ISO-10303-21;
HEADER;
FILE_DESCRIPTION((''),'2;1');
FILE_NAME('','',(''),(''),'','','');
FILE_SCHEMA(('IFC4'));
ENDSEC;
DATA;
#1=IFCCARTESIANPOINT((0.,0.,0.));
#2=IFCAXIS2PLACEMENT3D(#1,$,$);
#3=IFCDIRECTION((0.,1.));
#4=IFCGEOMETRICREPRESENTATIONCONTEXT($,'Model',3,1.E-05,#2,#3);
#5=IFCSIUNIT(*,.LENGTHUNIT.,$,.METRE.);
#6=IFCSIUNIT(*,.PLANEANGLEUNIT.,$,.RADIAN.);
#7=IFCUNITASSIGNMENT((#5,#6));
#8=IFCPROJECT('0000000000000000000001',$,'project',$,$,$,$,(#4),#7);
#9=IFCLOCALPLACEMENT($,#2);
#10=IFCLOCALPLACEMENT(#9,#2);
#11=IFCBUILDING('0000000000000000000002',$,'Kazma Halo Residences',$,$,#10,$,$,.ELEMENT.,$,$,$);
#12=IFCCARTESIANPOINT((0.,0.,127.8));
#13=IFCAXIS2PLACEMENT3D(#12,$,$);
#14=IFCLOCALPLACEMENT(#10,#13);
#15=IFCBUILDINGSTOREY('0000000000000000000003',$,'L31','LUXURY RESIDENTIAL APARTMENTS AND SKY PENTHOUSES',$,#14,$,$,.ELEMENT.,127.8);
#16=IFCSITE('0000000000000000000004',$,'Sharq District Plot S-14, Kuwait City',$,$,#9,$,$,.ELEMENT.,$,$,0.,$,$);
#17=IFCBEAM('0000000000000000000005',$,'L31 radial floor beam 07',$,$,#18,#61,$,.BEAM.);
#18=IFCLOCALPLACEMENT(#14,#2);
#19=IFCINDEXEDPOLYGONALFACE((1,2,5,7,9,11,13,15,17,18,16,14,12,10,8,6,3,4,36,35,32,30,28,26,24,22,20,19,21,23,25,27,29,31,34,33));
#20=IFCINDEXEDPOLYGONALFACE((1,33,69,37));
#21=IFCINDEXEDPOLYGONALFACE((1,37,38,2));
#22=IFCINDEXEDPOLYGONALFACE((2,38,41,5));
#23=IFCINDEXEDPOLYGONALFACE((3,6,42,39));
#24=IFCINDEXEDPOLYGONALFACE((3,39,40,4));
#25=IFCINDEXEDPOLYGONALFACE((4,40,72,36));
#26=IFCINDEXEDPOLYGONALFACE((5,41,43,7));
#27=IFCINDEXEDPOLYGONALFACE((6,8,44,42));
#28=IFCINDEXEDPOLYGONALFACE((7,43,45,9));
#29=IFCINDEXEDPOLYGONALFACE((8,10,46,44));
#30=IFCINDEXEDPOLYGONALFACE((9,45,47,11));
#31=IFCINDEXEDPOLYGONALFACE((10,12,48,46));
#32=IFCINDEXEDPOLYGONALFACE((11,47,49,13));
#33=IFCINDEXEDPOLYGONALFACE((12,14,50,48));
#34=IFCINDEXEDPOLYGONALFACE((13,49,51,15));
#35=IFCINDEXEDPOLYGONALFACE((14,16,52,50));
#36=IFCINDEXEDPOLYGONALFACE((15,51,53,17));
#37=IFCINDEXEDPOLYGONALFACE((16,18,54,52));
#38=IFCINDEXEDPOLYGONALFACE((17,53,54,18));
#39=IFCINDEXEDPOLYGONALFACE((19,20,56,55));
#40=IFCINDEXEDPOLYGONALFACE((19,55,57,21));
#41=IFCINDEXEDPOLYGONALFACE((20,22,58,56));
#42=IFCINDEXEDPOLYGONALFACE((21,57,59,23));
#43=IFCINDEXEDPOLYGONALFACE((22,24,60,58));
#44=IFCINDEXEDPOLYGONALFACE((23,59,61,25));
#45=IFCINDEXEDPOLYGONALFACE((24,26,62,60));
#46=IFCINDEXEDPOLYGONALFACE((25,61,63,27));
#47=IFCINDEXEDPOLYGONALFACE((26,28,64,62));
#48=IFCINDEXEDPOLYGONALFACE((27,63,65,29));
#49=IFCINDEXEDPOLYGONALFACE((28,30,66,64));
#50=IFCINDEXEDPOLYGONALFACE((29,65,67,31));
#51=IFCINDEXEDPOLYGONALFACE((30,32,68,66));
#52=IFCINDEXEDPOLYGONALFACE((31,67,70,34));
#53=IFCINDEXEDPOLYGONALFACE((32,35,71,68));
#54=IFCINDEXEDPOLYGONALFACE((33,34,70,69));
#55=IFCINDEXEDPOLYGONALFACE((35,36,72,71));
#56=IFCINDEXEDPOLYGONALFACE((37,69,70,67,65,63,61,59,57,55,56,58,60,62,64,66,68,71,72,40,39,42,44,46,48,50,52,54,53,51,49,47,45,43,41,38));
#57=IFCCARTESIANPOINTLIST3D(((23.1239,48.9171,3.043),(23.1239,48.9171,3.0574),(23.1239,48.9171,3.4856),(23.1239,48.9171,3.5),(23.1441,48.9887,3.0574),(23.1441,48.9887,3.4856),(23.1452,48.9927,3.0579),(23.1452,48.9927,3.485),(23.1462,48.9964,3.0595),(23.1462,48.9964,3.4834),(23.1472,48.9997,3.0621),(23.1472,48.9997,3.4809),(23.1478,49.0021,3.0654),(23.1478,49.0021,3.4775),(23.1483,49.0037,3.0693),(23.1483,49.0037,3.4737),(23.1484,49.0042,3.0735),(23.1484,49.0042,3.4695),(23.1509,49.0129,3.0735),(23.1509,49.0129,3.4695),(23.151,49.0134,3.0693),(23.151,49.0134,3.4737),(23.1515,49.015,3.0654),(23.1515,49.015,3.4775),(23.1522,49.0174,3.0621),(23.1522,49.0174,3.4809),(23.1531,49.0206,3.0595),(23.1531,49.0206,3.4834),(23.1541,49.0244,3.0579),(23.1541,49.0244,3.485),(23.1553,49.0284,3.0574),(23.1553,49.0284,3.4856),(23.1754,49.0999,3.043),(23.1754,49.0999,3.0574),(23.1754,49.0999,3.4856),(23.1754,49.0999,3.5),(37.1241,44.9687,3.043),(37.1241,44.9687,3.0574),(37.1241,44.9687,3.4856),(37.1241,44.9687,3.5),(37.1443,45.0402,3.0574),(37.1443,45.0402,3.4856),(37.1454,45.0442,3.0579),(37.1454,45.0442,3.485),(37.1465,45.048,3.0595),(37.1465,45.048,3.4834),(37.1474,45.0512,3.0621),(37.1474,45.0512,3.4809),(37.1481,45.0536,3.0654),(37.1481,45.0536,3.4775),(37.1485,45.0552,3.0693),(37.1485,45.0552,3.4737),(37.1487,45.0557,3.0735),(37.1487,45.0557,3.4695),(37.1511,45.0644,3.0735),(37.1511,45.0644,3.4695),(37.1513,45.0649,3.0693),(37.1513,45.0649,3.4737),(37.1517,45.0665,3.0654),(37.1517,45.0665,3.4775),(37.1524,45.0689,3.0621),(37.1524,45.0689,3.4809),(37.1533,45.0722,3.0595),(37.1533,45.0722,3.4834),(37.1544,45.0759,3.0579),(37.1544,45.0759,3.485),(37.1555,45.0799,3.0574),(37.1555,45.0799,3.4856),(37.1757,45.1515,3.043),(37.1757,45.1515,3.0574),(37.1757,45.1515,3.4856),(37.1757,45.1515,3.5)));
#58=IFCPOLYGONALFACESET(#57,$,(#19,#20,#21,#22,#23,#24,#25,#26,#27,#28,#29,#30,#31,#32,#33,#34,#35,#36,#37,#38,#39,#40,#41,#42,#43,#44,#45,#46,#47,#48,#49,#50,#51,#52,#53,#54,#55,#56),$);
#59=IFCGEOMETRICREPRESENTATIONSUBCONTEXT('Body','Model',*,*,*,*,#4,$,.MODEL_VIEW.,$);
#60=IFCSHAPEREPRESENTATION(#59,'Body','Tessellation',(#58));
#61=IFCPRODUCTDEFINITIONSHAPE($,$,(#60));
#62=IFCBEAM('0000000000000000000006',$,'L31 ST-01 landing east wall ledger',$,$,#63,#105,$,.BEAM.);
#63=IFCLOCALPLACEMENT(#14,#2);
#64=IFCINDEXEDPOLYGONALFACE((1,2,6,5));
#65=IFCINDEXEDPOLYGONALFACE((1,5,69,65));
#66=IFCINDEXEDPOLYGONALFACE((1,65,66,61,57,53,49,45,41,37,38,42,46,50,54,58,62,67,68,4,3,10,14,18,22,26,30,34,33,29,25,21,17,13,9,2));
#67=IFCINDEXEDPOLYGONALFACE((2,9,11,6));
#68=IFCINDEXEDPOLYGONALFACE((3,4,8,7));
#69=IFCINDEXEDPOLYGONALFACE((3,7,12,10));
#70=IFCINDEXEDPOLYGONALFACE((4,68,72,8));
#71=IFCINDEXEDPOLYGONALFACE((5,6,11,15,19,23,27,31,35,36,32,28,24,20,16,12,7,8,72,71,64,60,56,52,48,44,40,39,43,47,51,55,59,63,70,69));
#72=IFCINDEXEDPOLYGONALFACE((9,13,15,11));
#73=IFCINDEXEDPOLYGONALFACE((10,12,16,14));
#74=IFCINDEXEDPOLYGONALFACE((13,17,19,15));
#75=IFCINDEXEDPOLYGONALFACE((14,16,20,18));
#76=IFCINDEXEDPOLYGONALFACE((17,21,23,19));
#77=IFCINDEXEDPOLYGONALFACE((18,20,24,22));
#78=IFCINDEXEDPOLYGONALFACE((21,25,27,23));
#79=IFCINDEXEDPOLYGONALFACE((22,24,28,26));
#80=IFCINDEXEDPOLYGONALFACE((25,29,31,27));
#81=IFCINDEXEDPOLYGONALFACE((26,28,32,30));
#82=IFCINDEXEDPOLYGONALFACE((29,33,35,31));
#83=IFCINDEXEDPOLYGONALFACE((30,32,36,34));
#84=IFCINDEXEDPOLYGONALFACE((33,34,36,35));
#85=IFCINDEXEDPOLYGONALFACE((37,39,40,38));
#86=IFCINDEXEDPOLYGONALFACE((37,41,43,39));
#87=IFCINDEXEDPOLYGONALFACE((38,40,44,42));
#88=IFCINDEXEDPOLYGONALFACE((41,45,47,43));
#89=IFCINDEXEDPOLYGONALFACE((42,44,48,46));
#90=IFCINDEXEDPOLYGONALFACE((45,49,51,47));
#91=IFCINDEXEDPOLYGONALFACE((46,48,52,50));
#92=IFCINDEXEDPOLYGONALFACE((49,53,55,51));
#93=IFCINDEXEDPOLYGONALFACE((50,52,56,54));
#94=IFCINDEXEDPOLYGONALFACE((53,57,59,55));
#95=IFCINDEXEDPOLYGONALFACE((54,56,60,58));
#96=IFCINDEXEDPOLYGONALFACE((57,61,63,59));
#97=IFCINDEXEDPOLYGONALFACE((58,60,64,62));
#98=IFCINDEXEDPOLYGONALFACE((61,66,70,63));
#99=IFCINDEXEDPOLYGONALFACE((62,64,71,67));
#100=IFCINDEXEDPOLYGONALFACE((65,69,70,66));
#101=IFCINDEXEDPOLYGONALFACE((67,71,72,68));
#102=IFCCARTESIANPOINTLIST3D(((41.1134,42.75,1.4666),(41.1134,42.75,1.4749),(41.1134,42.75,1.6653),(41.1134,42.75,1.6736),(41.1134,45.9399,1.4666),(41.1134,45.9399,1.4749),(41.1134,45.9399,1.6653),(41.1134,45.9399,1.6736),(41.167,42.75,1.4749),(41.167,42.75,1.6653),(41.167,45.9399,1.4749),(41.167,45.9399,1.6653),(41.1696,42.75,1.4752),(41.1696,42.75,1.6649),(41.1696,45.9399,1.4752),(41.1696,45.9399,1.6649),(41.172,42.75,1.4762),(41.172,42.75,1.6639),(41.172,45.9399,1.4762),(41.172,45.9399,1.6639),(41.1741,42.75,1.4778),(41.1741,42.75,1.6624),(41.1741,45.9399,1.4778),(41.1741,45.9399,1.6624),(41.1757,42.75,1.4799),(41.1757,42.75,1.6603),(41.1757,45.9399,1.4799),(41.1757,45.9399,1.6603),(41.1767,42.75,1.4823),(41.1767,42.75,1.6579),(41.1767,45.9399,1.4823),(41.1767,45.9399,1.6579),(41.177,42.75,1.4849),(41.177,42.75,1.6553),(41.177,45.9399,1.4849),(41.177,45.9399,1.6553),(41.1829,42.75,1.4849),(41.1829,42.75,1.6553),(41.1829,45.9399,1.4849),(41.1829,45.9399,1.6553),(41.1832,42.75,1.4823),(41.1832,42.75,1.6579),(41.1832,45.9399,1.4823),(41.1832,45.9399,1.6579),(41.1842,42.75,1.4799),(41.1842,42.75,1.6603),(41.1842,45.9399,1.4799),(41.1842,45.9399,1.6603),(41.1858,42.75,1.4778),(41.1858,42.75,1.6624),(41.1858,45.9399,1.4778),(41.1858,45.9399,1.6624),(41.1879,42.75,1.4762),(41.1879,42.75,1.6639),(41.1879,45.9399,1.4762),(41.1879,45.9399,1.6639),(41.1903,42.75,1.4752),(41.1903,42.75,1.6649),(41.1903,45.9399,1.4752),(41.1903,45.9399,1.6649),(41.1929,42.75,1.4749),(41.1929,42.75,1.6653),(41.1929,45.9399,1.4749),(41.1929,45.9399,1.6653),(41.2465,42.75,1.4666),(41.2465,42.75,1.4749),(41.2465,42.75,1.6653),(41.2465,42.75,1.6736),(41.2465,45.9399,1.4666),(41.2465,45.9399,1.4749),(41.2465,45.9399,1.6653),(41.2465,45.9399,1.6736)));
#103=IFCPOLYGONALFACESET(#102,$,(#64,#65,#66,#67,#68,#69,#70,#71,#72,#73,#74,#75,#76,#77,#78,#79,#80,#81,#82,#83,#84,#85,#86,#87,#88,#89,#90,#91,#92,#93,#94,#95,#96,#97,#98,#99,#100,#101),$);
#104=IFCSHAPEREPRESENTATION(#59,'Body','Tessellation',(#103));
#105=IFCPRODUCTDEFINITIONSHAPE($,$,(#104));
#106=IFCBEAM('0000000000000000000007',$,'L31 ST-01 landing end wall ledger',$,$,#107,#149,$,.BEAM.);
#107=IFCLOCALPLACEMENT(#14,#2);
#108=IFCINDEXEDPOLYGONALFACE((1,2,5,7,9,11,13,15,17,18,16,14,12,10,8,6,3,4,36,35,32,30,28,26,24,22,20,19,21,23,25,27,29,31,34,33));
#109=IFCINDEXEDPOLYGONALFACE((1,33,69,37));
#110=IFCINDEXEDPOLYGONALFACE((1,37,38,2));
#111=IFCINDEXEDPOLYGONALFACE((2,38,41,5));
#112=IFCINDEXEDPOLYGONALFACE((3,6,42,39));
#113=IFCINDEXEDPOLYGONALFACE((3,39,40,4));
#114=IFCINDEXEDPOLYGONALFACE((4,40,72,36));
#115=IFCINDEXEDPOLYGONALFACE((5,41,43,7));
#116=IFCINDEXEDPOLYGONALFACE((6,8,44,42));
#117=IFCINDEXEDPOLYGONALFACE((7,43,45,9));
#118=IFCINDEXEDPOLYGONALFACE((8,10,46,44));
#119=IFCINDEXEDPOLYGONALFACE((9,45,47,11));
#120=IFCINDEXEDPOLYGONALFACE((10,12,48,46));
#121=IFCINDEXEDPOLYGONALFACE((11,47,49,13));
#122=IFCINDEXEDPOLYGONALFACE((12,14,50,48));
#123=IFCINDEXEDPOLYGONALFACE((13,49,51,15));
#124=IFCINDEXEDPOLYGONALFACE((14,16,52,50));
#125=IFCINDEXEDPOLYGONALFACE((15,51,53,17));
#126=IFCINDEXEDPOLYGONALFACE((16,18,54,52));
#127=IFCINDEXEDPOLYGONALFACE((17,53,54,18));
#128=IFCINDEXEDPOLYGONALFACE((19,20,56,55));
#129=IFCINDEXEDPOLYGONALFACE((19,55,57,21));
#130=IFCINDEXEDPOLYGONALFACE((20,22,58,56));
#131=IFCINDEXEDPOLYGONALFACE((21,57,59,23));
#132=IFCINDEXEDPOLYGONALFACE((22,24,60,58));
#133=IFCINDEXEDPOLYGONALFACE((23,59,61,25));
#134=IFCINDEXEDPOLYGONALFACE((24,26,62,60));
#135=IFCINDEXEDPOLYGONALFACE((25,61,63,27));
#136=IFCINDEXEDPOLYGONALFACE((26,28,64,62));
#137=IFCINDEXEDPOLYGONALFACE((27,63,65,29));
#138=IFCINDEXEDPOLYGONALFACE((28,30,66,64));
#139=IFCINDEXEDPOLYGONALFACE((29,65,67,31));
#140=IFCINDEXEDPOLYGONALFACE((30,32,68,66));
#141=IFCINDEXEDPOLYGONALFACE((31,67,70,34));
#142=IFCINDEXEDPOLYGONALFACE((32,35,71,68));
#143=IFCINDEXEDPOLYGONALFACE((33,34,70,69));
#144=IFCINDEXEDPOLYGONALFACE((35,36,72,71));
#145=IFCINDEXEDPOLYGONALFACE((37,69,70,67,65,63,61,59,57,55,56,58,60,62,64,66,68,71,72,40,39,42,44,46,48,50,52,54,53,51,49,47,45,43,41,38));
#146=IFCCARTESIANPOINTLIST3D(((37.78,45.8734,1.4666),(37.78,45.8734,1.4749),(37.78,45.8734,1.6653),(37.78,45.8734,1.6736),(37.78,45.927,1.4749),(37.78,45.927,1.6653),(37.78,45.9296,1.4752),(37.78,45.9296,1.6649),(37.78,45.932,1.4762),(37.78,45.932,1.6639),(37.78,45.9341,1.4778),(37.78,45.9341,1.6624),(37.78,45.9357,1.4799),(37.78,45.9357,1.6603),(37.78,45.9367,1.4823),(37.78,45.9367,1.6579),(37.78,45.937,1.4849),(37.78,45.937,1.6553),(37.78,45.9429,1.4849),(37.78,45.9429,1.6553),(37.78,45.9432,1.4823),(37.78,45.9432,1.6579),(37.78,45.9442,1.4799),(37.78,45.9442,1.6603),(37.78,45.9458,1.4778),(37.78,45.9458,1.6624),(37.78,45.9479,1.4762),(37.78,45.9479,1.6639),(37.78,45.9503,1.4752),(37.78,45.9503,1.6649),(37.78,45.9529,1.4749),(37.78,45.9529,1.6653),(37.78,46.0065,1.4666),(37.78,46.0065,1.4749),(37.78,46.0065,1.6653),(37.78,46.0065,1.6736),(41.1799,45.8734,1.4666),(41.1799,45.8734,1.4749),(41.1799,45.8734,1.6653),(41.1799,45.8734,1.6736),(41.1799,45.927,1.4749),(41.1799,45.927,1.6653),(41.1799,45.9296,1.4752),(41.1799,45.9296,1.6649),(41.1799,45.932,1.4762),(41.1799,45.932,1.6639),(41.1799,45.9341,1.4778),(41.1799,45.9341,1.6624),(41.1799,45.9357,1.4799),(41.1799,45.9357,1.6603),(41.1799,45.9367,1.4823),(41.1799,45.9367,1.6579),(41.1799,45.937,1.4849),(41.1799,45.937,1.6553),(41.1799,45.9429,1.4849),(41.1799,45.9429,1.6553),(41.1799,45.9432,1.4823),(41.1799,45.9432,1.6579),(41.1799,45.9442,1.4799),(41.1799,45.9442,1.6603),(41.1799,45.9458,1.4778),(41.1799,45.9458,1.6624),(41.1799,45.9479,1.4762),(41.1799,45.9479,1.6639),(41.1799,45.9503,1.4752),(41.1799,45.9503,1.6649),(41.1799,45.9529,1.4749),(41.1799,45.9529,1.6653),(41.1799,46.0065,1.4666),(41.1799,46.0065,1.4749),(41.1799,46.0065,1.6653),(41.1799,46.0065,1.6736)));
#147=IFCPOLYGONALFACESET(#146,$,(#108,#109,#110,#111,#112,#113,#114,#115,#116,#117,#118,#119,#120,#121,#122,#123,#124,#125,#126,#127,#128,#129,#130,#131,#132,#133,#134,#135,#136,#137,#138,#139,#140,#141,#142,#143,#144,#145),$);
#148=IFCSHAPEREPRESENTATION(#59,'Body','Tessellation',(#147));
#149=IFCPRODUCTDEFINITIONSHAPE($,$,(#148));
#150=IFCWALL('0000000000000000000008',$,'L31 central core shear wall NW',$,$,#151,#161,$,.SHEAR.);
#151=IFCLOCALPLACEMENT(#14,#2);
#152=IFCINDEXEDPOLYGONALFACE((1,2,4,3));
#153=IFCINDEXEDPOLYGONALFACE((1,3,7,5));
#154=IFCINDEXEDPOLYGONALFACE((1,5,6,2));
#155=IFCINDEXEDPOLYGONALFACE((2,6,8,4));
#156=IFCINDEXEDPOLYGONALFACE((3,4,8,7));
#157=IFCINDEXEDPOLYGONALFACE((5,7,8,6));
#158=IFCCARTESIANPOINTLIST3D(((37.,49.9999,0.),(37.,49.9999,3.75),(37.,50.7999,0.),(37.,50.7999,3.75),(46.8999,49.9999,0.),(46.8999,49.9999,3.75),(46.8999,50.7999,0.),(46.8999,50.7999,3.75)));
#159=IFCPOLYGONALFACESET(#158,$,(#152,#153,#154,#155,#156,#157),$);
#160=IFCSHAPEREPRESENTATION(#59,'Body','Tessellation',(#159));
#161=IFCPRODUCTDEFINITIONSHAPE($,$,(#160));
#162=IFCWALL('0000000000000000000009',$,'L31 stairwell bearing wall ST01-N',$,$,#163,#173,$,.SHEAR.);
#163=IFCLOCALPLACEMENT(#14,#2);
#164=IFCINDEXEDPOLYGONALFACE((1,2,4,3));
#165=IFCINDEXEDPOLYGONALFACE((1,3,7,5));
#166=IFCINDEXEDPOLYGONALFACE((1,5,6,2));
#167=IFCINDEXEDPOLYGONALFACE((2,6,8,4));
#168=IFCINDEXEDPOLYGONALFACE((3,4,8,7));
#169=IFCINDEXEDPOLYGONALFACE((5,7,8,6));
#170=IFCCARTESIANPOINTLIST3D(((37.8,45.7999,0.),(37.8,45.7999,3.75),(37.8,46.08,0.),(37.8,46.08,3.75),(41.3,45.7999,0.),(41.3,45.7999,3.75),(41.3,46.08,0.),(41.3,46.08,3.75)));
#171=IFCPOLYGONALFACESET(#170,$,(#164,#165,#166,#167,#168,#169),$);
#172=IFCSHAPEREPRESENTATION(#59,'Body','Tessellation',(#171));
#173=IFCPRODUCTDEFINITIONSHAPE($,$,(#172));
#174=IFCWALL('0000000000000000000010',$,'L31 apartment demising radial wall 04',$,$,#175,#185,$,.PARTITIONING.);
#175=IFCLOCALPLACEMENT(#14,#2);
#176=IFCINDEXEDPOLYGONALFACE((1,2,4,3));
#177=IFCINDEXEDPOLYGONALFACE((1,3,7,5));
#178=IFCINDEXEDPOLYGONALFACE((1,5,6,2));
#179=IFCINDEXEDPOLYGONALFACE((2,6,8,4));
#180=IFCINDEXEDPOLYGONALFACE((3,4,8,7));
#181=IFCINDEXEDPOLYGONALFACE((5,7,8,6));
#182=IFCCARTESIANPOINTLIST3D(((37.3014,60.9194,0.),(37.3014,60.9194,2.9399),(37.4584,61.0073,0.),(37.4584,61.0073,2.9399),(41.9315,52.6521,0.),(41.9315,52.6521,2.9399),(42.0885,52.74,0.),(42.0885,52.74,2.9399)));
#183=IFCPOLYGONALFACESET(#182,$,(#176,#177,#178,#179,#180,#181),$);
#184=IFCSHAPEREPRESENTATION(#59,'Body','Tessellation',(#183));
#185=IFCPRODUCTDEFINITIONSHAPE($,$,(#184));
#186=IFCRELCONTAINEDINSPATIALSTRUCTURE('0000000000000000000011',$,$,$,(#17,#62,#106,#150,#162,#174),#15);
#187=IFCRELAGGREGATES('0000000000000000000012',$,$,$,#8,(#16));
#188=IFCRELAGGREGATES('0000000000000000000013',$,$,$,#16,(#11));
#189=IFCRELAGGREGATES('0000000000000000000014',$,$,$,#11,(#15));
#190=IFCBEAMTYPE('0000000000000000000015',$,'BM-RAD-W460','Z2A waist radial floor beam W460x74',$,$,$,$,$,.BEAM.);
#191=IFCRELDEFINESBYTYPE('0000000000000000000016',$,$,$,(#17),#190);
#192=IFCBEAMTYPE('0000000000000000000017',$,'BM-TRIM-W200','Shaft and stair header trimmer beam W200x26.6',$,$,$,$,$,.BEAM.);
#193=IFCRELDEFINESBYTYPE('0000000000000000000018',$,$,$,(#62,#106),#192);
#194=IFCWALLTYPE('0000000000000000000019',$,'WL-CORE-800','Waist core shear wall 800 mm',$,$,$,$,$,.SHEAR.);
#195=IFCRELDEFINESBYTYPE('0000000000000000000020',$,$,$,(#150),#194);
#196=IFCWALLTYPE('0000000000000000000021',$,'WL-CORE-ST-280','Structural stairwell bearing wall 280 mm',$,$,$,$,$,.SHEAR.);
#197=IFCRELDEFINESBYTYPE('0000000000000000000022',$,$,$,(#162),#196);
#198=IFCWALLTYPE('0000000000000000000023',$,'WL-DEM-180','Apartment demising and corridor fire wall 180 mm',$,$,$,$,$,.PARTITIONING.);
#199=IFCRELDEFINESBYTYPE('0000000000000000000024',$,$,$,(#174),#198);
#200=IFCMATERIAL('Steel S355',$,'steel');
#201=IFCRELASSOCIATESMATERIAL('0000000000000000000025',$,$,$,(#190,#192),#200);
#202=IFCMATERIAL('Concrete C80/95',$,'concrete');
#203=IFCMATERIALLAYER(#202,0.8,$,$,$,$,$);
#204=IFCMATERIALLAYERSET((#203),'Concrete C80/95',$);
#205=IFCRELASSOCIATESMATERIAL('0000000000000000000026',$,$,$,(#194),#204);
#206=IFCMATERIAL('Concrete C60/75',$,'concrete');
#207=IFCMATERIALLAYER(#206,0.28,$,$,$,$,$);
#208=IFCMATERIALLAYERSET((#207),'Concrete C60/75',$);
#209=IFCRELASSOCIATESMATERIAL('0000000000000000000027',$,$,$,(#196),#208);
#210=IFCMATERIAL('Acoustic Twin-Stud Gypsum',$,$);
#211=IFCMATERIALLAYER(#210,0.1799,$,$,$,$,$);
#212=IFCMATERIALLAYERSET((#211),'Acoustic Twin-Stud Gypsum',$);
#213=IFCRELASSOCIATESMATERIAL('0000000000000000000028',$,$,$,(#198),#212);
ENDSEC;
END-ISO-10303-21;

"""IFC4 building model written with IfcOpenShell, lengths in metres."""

from ifc_helpers import new_model, si_unit, direction, frame, frame_2d, origin, origin_2d, place, context, subcontext, project, spatial, rectangle, i_section, extrude, material, layer, layer_set, material_profile, profile_set, type_object, element, save


model = new_model("IFC4")

# Units and contexts
model_context = context("Model", 3, precision=1e-05, world=origin(), true_north=direction((0.0, 1.0)))
body_context = subcontext(model_context, "Body", "Model", "MODEL_VIEW")
ifc_project = project(units=[si_unit("LENGTHUNIT", "METRE"), si_unit("PLANEANGLEUNIT", "RADIAN")], contexts=[model_context])

# Site, building, storey
site_placement = place(None, origin())
site = spatial("IfcSite", under=ifc_project, at=site_placement, Name="Sharq District Plot S-14, Kuwait City", CompositionType="ELEMENT", RefElevation=0.0)
building_placement = place(site_placement, origin())
building = spatial("IfcBuilding", under=site, at=building_placement, Name="Kazma Halo Residences", CompositionType="ELEMENT")
storey_placement = place(building_placement, frame((0.0, 0.0, 127.8)))
storey = spatial("IfcBuildingStorey", under=building, at=storey_placement, Name="L31", Description="LUXURY RESIDENTIAL APARTMENTS AND SKY PENTHOUSES", CompositionType="ELEMENT", Elevation=127.8)

# Shared definitions
ifc_material_1 = material(Name="Steel S355", Category="steel")

# Beams
ifc_material_profile_1 = material_profile(ifc_material_1, i_section(OverallWidth=0.1899, OverallDepth=0.457, WebThickness=0.009, FlangeThickness=0.0144, FilletRadius=0.0161, at=origin_2d()), Name="W460x74")
ifc_profile_set_1 = profile_set([ifc_material_profile_1], Name="Steel S355")
beam_type_1 = type_object("IfcBeamType", Name="BM-RAD-W460", Description="Z2A waist radial floor beam W460x74", PredefinedType="BEAM", material=ifc_profile_set_1)
beam_1_placement = place(storey_placement, frame((37.1499, 45.0601, 3.2715), z_axis=(-0.962455, 0.271441, 0.0), x_axis=(-0.271441, -0.962455, 0.0)))
element("IfcBeam", 1, at=beam_1_placement, inside=storey, type_object=beam_type_1, Name="L31 radial floor beam 07", PredefinedType="BEAM", context=body_context, shape_type="SweptSolid", body=[
    extrude(i_section(OverallWidth=0.1899, OverallDepth=0.457, WebThickness=0.009, FlangeThickness=0.0144, FilletRadius=0.0161, at=origin_2d()), origin(), (0.0, 0.0, 1.0), 14.5464),
])
ifc_material_profile_2 = material_profile(ifc_material_1, i_section(OverallWidth=0.1331, OverallDepth=0.207, WebThickness=0.0059, FlangeThickness=0.0083, FilletRadius=0.01, at=origin_2d()), Name="W200x26.6")
ifc_profile_set_2 = profile_set([ifc_material_profile_2], Name="Steel S355")
beam_type_2 = type_object("IfcBeamType", Name="BM-TRIM-W200", Description="Shaft and stair header trimmer beam W200x26.6", PredefinedType="BEAM", material=ifc_profile_set_2)
beam_2_placement = place(storey_placement, frame((41.1799, 42.75, 1.5701), z_axis=(0.0, 1.0, 0.0), x_axis=(-1.0, 0.0, 0.0)))
element("IfcBeam", 2, at=beam_2_placement, inside=storey, type_object=beam_type_2, Name="L31 ST-01 landing east wall ledger", PredefinedType="BEAM", context=body_context, shape_type="SweptSolid", body=[
    extrude(i_section(OverallWidth=0.1331, OverallDepth=0.207, WebThickness=0.0059, FlangeThickness=0.0083, FilletRadius=0.01, at=origin_2d()), origin(), (0.0, 0.0, 1.0), 3.1899),
])
beam_3_placement = place(storey_placement, frame((37.78, 45.9399, 1.5701), z_axis=(1.0, 0.0, 0.0), x_axis=(0.0, 1.0, 0.0)))
element("IfcBeam", 3, at=beam_3_placement, inside=storey, type_object=beam_type_2, Name="L31 ST-01 landing end wall ledger", PredefinedType="BEAM", context=body_context, shape_type="SweptSolid", body=[
    extrude(i_section(OverallWidth=0.1331, OverallDepth=0.207, WebThickness=0.0059, FlangeThickness=0.0083, FilletRadius=0.01, at=origin_2d()), origin(), (0.0, 0.0, 1.0), 3.3999),
])

# Walls
ifc_material_2 = material(Name="Concrete C80/95", Category="concrete")
ifc_layer_1 = layer(ifc_material_2, 0.8)
ifc_layer_set_1 = layer_set([ifc_layer_1], Name="Concrete C80/95")
wall_type_1 = type_object("IfcWallType", Name="WL-CORE-800", Description="Waist core shear wall 800 mm", PredefinedType="SHEAR", material=ifc_layer_set_1)
wall_1_placement = place(storey_placement, frame((37.0, 50.3999, 0.0), z_axis=(0.0, 0.0, 1.0), x_axis=(1.0, 0.0, 0.0)))
element("IfcWall", 4, at=wall_1_placement, inside=storey, type_object=wall_type_1, Name="L31 central core shear wall NW", PredefinedType="SHEAR", context=body_context, shape_type="SweptSolid", body=[
    extrude(rectangle(XDim=9.8999, YDim=0.8, at=frame_2d((4.95, 0.0))), origin(), (0.0, 0.0, 1.0), 3.75),
])
ifc_material_3 = material(Name="Concrete C60/75", Category="concrete")
ifc_layer_2 = layer(ifc_material_3, 0.28)
ifc_layer_set_2 = layer_set([ifc_layer_2], Name="Concrete C60/75")
wall_type_2 = type_object("IfcWallType", Name="WL-CORE-ST-280", Description="Structural stairwell bearing wall 280 mm", PredefinedType="SHEAR", material=ifc_layer_set_2)
wall_2_placement = place(storey_placement, frame((37.8, 45.9399, 0.0), z_axis=(0.0, 0.0, 1.0), x_axis=(1.0, 0.0, 0.0)))
element("IfcWall", 5, at=wall_2_placement, inside=storey, type_object=wall_type_2, Name="L31 stairwell bearing wall ST01-N", PredefinedType="SHEAR", context=body_context, shape_type="SweptSolid", body=[
    extrude(rectangle(XDim=3.5, YDim=0.28, at=frame_2d((1.75, 0.0))), origin(), (0.0, 0.0, 1.0), 3.75),
])
ifc_material_4 = material(Name="Acoustic Twin-Stud Gypsum")
ifc_layer_3 = layer(ifc_material_4, 0.1799)
ifc_layer_set_3 = layer_set([ifc_layer_3], Name="Acoustic Twin-Stud Gypsum")
wall_type_3 = type_object("IfcWallType", Name="WL-DEM-180", Description="Apartment demising and corridor fire wall 180 mm", PredefinedType="PARTITIONING", material=ifc_layer_set_3)
wall_3_placement = place(storey_placement, frame((42.01, 52.696, 0.0), z_axis=(0.0, 0.0, 1.0), x_axis=(-0.488637, 0.872487, 0.0)))
element("IfcWall", 6, at=wall_3_placement, inside=storey, type_object=wall_type_3, Name="L31 apartment demising radial wall 04", PredefinedType="PARTITIONING", context=body_context, shape_type="SweptSolid", body=[
    extrude(rectangle(XDim=9.4756, YDim=0.1799, at=frame_2d((4.7378, 0.0))), origin(), (0.0, 0.0, 1.0), 2.9399),
])

save(model, "model.ifc")
